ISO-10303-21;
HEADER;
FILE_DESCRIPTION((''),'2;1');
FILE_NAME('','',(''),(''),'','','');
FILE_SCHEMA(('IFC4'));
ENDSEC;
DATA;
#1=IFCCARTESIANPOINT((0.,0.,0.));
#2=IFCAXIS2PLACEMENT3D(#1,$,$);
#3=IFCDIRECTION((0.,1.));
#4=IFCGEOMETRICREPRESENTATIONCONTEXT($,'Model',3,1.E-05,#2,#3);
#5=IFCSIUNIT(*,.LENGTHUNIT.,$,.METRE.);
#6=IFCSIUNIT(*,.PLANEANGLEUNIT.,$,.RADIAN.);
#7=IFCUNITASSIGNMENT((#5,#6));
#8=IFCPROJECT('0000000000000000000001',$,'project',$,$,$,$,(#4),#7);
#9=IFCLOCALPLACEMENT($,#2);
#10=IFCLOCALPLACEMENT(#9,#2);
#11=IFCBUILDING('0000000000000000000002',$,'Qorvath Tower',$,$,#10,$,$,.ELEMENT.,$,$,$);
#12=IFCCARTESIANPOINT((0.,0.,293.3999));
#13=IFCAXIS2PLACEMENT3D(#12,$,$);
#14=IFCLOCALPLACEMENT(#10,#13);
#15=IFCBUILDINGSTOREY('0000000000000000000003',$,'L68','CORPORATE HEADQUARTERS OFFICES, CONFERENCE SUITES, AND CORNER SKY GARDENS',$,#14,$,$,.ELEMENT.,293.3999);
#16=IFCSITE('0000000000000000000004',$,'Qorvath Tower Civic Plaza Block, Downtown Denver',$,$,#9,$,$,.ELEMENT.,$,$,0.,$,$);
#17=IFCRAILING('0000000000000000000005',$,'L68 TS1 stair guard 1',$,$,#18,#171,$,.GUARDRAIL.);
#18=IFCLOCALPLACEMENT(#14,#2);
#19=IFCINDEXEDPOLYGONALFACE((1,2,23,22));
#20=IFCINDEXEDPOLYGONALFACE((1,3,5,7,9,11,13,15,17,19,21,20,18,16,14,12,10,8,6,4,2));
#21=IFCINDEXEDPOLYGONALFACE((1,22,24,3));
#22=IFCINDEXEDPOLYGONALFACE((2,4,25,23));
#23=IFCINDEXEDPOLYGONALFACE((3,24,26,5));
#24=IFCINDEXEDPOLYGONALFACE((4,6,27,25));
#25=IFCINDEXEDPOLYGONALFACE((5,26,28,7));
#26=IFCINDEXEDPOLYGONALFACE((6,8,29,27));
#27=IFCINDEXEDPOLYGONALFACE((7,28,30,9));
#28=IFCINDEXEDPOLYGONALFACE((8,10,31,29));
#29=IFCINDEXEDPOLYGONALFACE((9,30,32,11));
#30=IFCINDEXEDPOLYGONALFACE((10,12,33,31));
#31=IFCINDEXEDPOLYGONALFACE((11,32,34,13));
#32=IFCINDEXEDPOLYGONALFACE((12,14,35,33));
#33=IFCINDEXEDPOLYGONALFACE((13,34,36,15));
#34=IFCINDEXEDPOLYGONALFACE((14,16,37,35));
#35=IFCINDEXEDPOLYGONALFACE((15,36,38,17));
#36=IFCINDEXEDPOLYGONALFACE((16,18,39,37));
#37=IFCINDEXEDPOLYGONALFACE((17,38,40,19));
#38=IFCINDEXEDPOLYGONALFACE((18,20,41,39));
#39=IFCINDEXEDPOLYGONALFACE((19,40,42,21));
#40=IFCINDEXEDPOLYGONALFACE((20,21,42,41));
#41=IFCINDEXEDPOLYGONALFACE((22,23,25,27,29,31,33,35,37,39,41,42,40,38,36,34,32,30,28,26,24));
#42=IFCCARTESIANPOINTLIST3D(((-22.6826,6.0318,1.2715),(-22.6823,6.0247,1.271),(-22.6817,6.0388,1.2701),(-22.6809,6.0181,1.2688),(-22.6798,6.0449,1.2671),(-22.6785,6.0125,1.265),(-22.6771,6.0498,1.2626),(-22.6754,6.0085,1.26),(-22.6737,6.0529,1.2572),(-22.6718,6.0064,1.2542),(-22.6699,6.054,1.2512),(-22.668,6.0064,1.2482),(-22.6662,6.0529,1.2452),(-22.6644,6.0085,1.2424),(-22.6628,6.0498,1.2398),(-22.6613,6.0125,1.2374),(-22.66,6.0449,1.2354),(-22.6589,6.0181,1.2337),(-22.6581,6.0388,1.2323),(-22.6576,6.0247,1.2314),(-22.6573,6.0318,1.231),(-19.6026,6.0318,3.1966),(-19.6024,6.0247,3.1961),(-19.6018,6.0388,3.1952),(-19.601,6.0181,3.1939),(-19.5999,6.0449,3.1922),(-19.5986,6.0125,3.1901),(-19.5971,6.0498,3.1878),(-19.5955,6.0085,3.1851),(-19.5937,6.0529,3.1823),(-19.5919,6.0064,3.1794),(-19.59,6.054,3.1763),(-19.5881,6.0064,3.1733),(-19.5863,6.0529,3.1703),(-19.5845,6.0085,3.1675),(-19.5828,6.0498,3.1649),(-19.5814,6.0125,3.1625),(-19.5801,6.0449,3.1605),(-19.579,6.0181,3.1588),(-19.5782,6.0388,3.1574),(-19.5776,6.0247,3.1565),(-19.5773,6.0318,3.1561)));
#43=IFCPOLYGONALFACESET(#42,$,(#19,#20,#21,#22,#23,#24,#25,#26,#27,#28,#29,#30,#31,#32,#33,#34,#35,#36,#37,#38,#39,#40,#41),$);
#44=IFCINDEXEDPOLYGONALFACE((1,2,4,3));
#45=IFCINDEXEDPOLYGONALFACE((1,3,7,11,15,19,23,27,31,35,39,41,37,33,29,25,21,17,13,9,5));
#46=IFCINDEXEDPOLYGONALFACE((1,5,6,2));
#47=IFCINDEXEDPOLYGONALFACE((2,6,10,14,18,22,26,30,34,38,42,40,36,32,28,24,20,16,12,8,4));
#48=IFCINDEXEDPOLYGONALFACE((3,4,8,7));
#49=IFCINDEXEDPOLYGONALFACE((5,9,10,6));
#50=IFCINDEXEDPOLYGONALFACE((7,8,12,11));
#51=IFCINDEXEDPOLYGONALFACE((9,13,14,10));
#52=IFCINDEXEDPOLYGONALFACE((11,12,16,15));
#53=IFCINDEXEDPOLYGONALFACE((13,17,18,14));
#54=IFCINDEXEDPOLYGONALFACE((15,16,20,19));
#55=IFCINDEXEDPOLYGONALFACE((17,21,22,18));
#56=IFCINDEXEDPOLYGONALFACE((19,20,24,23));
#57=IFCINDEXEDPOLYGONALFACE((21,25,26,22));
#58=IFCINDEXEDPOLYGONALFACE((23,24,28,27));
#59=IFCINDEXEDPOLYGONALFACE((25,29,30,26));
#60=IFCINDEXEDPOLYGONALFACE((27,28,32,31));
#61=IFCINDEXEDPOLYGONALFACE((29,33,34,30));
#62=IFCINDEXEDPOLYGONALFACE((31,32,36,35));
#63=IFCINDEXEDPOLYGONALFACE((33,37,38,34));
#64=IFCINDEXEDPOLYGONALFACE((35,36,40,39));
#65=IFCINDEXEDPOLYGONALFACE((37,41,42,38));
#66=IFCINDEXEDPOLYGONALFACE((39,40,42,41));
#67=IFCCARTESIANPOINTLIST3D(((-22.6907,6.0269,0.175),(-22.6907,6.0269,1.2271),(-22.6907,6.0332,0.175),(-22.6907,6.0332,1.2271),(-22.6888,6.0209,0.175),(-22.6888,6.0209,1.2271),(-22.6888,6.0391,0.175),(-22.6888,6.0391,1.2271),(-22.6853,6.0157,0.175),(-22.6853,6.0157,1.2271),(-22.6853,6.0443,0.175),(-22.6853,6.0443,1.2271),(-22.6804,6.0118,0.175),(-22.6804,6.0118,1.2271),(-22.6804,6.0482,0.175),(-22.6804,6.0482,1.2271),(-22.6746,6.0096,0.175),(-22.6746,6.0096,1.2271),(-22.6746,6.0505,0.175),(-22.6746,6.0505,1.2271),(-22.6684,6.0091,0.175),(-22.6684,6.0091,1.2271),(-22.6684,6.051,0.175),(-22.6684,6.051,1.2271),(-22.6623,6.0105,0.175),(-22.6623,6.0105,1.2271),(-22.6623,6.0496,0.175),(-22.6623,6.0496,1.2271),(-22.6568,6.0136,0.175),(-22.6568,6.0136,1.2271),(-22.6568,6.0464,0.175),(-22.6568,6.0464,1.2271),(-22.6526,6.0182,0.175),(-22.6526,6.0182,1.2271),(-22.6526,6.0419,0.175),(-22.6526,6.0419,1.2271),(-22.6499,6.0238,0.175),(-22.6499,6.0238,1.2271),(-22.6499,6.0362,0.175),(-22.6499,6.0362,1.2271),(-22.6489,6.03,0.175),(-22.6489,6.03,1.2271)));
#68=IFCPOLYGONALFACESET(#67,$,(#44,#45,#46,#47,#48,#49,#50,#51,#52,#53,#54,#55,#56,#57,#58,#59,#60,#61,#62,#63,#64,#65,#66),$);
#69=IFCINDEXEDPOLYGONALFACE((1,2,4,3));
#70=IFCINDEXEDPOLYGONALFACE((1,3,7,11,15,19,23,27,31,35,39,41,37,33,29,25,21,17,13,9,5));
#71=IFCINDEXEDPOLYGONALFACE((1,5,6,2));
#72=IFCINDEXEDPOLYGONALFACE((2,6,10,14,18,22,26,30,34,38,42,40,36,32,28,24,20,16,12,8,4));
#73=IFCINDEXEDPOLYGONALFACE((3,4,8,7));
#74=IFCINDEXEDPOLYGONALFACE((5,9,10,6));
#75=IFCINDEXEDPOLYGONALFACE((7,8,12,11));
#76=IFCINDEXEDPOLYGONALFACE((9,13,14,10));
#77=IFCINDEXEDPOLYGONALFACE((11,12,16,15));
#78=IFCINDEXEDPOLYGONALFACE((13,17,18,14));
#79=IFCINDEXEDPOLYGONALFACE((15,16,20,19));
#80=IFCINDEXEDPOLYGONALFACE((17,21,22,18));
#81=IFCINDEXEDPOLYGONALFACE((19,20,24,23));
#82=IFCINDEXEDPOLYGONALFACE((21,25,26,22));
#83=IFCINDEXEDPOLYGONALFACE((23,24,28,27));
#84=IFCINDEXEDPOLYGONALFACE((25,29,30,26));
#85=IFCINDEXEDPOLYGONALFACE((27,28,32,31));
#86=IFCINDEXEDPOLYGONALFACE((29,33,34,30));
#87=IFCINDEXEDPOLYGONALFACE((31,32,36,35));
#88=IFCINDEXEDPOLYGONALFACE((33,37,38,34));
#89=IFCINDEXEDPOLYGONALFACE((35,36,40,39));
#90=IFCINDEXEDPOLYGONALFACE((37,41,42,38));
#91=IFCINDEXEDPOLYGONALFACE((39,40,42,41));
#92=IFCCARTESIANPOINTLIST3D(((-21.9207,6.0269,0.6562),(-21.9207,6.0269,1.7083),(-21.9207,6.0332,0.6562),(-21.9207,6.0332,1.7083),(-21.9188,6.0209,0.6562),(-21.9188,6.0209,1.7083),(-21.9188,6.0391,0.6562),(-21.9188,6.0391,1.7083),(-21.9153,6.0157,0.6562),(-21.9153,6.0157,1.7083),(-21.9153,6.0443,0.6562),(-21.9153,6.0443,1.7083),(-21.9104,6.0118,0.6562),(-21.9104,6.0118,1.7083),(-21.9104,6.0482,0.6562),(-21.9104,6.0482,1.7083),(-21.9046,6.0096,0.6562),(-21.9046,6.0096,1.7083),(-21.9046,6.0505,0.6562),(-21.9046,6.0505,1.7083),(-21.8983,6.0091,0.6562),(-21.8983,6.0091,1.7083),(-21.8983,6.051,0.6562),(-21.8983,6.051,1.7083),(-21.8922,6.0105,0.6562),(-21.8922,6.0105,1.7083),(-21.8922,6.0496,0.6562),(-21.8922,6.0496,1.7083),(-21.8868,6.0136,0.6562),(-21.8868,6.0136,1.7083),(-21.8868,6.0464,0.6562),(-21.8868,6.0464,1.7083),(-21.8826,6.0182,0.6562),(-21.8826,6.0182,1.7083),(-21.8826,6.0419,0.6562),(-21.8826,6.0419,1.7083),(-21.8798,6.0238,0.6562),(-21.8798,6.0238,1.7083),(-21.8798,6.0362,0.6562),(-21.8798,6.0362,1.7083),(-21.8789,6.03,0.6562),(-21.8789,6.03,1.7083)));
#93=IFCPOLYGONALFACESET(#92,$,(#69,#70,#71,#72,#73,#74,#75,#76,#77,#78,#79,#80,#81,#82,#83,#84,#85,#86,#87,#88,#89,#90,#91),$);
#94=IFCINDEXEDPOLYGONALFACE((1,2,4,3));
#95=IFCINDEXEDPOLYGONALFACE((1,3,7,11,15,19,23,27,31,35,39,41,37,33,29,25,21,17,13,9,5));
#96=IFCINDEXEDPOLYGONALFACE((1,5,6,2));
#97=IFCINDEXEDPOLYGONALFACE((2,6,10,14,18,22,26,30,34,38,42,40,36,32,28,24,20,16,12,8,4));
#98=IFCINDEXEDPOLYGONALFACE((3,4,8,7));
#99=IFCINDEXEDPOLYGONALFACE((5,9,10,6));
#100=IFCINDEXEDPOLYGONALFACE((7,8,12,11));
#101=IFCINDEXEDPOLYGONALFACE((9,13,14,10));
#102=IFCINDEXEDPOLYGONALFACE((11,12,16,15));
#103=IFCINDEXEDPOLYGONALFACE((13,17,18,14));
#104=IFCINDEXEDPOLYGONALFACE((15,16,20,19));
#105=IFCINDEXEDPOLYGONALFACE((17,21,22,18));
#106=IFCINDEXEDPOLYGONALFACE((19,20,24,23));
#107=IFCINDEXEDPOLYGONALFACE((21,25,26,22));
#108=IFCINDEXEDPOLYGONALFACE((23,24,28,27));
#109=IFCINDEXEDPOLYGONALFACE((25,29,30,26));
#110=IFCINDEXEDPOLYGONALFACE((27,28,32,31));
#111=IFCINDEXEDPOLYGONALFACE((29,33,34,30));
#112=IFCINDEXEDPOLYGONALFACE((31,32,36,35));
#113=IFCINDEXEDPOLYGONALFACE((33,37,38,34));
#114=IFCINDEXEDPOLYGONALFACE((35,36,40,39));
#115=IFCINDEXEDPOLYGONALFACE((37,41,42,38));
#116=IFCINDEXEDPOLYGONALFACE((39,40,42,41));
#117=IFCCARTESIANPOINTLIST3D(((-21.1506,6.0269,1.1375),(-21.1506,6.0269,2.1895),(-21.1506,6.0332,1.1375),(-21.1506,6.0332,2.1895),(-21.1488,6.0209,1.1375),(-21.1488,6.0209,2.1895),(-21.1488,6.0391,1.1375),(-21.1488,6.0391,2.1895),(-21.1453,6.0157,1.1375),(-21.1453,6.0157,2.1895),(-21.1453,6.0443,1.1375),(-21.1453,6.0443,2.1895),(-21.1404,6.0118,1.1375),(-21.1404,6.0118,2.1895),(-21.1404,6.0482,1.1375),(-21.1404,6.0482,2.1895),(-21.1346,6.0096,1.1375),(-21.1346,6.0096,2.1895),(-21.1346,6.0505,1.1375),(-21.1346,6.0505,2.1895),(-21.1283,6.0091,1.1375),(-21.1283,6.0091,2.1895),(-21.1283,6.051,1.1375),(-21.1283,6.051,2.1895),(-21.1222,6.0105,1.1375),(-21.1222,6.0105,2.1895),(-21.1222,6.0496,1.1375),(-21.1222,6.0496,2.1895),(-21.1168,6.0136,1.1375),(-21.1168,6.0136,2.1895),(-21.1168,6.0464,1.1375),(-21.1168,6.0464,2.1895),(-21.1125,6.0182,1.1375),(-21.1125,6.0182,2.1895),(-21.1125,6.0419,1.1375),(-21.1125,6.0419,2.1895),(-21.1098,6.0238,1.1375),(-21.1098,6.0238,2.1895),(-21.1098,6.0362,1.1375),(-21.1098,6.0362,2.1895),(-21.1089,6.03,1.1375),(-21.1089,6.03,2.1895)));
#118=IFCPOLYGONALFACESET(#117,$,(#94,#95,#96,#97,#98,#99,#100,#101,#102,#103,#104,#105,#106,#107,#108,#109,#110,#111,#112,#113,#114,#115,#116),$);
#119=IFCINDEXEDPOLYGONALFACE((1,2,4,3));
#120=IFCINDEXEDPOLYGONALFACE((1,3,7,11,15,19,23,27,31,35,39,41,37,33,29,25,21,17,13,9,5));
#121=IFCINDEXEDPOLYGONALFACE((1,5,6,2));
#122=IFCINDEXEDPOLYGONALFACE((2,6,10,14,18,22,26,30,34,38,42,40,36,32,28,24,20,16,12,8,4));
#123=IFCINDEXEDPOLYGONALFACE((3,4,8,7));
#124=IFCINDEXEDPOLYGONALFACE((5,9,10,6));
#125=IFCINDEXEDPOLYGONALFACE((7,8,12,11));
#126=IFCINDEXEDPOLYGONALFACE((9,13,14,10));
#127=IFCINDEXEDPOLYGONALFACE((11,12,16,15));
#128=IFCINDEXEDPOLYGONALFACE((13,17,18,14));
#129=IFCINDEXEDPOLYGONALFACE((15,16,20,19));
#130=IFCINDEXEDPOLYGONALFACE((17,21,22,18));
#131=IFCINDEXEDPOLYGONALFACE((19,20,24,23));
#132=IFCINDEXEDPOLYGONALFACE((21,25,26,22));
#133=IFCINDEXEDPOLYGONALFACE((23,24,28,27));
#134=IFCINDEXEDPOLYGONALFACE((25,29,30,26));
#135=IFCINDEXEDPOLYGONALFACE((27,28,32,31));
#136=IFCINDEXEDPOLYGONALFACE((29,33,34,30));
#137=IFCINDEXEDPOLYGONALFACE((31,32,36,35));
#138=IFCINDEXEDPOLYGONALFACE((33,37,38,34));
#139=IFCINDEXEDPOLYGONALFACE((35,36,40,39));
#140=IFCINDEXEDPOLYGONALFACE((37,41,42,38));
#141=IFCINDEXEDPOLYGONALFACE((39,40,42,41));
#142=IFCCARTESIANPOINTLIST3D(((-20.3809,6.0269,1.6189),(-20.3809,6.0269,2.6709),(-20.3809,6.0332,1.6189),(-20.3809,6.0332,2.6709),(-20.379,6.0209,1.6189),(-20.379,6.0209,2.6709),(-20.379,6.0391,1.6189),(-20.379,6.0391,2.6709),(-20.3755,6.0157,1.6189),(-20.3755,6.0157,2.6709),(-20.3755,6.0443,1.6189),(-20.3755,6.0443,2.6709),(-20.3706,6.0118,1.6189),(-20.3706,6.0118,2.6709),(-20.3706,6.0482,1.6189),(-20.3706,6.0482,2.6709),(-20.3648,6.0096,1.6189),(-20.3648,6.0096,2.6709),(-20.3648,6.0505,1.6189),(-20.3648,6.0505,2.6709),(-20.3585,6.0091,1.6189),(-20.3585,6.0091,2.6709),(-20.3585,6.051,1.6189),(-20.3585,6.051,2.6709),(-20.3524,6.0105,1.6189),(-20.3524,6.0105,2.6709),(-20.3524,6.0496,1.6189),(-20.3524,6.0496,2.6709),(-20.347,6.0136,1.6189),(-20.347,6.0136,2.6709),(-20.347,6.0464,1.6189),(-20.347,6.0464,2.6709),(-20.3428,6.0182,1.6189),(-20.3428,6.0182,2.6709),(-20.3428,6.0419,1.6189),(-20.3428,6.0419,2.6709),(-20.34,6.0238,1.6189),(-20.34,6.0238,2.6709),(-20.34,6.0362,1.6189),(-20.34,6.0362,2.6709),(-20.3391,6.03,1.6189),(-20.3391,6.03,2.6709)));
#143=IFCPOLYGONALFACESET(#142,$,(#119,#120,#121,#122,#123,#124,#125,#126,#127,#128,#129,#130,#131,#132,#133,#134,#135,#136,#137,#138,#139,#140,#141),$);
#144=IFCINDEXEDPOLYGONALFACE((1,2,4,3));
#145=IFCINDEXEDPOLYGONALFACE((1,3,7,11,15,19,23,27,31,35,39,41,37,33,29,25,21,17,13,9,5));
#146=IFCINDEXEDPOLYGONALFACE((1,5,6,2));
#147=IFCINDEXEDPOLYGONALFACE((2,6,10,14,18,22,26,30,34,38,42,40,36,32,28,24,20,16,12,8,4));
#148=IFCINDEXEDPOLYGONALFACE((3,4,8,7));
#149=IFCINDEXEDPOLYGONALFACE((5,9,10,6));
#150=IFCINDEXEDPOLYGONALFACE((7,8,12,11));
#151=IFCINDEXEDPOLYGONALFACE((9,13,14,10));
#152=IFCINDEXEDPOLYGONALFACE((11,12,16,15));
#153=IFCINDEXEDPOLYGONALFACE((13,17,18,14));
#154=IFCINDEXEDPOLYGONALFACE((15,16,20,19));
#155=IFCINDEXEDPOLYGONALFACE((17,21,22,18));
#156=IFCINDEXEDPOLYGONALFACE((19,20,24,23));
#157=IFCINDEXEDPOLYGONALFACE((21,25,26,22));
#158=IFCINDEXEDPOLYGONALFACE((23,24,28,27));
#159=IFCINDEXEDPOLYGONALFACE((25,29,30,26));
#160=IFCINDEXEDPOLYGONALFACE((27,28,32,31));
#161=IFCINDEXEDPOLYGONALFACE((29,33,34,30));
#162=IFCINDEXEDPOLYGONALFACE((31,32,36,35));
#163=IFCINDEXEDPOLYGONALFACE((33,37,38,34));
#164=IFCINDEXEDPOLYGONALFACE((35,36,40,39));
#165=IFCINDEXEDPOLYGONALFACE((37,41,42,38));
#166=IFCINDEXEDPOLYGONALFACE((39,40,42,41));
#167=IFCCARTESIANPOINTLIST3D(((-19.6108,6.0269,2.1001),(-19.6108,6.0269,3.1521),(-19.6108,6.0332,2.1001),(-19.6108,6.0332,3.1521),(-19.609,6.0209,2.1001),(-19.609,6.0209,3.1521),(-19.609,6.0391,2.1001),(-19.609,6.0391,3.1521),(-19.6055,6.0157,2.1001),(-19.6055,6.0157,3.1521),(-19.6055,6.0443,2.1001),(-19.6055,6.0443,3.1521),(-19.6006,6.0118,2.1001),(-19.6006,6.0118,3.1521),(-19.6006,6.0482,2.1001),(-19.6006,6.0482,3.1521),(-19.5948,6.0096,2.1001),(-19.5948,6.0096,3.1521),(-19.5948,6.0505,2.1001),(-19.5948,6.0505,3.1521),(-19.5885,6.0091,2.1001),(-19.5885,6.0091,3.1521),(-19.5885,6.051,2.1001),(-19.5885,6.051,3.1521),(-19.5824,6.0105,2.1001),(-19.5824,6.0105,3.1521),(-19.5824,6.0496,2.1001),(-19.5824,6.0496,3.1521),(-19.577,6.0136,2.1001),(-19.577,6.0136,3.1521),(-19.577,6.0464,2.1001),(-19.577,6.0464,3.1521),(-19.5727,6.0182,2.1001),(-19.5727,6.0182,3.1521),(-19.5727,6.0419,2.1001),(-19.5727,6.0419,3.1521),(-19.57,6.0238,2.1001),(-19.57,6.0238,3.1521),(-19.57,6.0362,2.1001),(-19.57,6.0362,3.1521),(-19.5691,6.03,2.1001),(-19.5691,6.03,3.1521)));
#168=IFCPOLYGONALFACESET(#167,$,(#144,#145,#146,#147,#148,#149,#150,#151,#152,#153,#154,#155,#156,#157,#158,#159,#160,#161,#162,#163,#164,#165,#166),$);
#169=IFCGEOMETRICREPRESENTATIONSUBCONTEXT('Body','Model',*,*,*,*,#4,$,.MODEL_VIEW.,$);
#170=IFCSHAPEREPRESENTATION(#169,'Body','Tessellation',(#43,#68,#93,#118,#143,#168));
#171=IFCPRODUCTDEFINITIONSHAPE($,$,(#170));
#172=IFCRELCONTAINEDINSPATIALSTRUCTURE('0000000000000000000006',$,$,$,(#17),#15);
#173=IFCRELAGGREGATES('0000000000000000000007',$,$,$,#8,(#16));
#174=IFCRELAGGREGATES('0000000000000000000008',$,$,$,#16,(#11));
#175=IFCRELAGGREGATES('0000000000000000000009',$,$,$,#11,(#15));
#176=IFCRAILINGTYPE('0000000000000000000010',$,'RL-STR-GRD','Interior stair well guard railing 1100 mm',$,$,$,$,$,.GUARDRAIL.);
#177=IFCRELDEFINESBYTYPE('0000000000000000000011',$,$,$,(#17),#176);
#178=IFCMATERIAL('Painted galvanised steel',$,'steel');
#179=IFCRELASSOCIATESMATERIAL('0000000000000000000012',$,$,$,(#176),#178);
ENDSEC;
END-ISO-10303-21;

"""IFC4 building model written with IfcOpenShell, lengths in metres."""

from ifc_helpers import new_model, si_unit, direction, frame, origin, origin_2d, place, context, subcontext, project, spatial, circle, extrude, material, type_object, element, save


model = new_model("IFC4")

# Units and contexts
model_context = context("Model", 3, precision=1e-05, world=origin(), true_north=direction((0.0, 1.0)))
body_context = subcontext(model_context, "Body", "Model", "MODEL_VIEW")
ifc_project = project(units=[si_unit("LENGTHUNIT", "METRE"), si_unit("PLANEANGLEUNIT", "RADIAN")], contexts=[model_context])

# Site, building, storey
site_placement = place(None, origin())
site = spatial("IfcSite", under=ifc_project, at=site_placement, Name="Qorvath Tower Civic Plaza Block, Downtown Denver", CompositionType="ELEMENT", RefElevation=0.0)
building_placement = place(site_placement, origin())
building = spatial("IfcBuilding", under=site, at=building_placement, Name="Qorvath Tower", CompositionType="ELEMENT")
storey_placement = place(building_placement, frame((0.0, 0.0, 293.3999)))
storey = spatial("IfcBuildingStorey", under=building, at=storey_placement, Name="L68", Description="CORPORATE HEADQUARTERS OFFICES, CONFERENCE SUITES, AND CORNER SKY GARDENS", CompositionType="ELEMENT", Elevation=293.3999)

# Railing
ifc_material_1 = material(Name="Painted galvanised steel", Category="steel")
railing_type_1 = type_object("IfcRailingType", Name="RL-STR-GRD", Description="Interior stair well guard railing 1100 mm", PredefinedType="GUARDRAIL", material=ifc_material_1)
railing_1_placement = place(storey_placement, frame((-22.6699, 6.03, 0.175)))
element("IfcRailing", 1, at=railing_1_placement, inside=storey, type_object=railing_type_1, Name="L68 TS1 stair guard 1", PredefinedType="GUARDRAIL", context=body_context, shape_type="SweptSolid", body=[
    extrude(circle(Radius=0.0239, at=origin_2d()), frame((0.0, 0.0, 1.0762), z_axis=(0.847979, 0.0, 0.530029), x_axis=(0.0, 1.0, 0.0)), (0.0, 0.0, 1.0), 3.6321),
    extrude(circle(Radius=0.021, at=origin_2d()), origin(), (0.0, 0.0, 1.0), 1.052),
    extrude(circle(Radius=0.021, at=origin_2d()), frame((0.77, 0.0, 0.4812)), (0.0, 0.0, 1.0), 1.052),
    extrude(circle(Radius=0.021, at=origin_2d()), frame((1.54, 0.0, 0.9624)), (0.0, 0.0, 1.0), 1.052),
    extrude(circle(Radius=0.021, at=origin_2d()), frame((2.3098, 0.0, 1.4438)), (0.0, 0.0, 1.0), 1.052),
    extrude(circle(Radius=0.021, at=origin_2d()), frame((3.0798, 0.0, 1.925)), (0.0, 0.0, 1.0), 1.052),
])

save(model, "model.ifc")
